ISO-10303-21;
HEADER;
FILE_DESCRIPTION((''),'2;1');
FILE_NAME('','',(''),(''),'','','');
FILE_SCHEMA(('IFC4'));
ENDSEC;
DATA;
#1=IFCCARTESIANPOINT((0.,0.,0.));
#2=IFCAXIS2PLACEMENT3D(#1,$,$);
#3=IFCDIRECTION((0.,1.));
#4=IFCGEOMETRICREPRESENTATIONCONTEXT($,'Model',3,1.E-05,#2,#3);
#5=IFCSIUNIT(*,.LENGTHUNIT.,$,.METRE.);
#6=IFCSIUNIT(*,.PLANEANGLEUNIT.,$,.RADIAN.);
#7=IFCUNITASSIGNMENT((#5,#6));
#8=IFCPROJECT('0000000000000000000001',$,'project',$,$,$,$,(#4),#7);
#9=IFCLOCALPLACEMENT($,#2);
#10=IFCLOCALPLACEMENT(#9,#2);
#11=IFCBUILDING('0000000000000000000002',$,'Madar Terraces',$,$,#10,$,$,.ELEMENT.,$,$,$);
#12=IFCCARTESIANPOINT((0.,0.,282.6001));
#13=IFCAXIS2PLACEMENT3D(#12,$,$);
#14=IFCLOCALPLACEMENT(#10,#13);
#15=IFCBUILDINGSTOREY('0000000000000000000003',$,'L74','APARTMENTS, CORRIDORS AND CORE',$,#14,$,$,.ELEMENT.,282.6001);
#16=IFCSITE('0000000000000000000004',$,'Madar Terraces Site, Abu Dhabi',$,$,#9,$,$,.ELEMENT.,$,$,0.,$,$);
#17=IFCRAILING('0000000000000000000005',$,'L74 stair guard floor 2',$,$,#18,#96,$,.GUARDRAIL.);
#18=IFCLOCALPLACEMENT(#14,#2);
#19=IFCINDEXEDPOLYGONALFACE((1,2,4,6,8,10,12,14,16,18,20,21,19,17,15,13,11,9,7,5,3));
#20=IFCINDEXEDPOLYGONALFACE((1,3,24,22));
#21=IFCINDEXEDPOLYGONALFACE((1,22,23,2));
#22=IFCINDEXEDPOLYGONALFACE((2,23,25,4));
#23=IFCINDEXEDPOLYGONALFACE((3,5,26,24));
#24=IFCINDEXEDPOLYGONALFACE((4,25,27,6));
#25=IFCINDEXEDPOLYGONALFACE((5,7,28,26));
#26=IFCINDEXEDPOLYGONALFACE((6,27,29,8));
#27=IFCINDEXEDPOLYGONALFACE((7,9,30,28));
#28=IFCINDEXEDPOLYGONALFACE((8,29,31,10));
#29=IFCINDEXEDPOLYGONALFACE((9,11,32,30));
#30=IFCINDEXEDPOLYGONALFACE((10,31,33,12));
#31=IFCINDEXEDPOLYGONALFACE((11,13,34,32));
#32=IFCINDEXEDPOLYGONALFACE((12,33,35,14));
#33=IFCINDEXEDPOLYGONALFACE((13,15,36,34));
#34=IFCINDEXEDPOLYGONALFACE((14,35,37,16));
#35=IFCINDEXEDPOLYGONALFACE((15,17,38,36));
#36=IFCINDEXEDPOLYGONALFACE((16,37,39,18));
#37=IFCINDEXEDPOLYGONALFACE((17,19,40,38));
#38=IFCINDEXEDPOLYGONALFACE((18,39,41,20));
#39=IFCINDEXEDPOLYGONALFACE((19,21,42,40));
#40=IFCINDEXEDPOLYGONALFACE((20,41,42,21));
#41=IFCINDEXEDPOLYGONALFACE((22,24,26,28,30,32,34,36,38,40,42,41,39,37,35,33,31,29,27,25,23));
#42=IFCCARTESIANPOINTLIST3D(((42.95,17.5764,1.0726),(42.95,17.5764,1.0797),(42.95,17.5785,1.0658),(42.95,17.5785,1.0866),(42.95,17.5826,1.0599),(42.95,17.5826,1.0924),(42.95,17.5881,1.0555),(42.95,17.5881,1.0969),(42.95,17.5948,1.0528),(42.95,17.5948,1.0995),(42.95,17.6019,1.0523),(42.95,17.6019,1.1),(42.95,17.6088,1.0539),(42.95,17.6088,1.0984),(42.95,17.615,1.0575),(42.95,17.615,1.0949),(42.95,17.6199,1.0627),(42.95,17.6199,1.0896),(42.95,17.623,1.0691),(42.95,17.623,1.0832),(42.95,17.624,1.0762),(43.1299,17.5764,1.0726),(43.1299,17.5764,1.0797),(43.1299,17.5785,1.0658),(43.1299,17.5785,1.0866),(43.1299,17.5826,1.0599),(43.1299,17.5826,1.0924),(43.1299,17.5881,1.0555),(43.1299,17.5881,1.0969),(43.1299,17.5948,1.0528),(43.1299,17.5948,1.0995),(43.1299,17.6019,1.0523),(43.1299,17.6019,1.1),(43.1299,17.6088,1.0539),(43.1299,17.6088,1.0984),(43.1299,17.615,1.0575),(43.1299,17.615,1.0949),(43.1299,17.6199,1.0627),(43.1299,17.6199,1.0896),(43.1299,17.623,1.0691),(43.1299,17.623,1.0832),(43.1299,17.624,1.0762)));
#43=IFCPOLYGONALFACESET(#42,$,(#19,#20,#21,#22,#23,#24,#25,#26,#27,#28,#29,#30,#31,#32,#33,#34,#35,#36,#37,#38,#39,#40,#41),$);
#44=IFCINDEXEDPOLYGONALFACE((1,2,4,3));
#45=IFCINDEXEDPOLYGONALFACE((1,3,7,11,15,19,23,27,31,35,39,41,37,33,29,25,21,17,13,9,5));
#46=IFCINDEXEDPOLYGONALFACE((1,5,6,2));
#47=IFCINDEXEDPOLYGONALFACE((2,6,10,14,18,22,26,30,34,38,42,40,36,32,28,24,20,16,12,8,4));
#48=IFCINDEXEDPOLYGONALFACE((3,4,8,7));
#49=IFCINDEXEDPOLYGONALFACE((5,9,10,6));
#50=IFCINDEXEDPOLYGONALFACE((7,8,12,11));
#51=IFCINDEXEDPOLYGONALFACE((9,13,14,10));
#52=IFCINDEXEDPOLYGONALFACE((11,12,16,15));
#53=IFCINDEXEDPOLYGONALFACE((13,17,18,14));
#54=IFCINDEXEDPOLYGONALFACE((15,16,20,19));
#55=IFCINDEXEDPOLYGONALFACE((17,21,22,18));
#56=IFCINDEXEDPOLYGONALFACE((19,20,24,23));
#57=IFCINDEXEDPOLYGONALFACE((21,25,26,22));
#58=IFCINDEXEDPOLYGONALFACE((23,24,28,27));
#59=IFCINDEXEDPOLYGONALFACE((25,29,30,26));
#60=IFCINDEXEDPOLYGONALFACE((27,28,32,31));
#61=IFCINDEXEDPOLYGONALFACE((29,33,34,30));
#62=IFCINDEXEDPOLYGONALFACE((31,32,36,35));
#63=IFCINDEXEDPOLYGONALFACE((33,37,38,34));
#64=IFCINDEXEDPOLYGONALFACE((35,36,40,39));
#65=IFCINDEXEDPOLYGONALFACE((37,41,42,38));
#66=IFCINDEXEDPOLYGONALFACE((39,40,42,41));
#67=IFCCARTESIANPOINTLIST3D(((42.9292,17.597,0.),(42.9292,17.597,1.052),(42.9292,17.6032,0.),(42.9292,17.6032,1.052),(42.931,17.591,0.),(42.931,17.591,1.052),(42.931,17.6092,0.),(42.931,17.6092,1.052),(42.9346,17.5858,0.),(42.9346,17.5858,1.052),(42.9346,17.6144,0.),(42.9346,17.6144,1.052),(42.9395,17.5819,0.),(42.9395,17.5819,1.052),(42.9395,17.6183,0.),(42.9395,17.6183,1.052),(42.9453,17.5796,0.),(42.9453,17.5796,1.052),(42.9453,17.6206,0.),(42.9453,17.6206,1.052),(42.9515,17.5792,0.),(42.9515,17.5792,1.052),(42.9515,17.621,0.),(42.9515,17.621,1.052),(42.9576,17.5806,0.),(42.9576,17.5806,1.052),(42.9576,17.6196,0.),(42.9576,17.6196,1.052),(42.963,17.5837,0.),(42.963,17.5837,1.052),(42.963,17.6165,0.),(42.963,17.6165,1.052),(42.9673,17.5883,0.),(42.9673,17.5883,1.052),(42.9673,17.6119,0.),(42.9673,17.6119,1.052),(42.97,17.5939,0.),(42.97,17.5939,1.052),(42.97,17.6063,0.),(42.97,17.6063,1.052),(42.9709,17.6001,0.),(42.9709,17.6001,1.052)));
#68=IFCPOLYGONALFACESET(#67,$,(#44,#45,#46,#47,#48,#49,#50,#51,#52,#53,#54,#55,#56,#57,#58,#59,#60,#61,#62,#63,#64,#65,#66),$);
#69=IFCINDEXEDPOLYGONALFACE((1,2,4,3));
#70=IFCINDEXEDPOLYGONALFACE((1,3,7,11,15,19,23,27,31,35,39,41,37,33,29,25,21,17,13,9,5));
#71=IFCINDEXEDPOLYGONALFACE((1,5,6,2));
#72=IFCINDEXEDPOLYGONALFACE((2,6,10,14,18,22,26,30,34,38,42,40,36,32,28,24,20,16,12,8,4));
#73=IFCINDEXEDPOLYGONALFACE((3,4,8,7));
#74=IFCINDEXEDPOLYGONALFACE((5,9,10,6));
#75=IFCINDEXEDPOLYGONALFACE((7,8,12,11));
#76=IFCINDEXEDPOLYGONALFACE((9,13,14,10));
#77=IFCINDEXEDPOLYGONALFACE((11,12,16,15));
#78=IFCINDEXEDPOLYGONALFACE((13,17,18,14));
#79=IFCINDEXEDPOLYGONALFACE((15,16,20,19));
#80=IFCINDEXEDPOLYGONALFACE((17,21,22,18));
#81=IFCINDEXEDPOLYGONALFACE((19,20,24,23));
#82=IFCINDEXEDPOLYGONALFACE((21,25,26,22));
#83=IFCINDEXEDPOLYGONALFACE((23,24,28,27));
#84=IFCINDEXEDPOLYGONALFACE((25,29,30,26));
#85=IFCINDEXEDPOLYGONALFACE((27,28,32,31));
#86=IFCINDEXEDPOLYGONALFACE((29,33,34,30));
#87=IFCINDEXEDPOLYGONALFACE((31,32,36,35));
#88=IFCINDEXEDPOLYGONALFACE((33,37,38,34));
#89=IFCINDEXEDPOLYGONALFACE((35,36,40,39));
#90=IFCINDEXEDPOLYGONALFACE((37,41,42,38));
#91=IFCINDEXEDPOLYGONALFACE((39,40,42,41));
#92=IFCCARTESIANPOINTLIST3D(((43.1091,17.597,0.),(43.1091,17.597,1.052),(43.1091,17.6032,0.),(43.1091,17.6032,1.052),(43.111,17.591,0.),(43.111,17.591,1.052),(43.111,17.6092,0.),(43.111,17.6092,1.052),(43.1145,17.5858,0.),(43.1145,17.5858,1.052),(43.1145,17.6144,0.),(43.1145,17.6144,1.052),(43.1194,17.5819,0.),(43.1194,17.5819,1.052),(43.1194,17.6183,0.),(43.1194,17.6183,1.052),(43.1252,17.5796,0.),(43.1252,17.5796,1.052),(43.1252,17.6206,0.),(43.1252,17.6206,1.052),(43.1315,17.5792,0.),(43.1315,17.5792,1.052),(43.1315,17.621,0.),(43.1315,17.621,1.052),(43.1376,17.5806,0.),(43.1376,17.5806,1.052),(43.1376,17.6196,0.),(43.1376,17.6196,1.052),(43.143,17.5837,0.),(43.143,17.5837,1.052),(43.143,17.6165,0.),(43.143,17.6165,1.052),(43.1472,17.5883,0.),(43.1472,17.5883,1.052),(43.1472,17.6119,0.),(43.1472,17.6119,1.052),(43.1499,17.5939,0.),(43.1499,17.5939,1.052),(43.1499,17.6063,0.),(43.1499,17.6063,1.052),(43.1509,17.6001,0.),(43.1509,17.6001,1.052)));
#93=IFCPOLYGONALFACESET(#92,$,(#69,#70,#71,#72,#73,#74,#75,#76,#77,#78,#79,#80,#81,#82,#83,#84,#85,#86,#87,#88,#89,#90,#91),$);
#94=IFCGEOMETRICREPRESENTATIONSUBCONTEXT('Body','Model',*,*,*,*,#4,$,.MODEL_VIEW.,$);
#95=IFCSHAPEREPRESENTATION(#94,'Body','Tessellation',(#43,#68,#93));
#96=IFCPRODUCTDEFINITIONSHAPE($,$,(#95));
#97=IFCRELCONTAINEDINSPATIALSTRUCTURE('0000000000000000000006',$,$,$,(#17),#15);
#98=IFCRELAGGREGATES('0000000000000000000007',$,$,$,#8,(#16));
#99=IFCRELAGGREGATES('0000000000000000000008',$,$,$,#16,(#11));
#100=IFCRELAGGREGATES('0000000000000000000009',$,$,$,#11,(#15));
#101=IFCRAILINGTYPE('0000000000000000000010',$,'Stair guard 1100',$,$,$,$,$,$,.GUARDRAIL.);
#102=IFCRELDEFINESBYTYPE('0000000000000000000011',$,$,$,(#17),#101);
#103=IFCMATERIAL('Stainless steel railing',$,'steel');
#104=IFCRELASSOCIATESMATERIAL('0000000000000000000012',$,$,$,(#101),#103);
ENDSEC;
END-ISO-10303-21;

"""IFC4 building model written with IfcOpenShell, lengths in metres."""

from ifc_helpers import new_model, si_unit, direction, frame, origin, origin_2d, place, context, subcontext, project, spatial, circle, extrude, material, type_object, element, save


model = new_model("IFC4")

# Units and contexts
model_context = context("Model", 3, precision=1e-05, world=origin(), true_north=direction((0.0, 1.0)))
body_context = subcontext(model_context, "Body", "Model", "MODEL_VIEW")
ifc_project = project(units=[si_unit("LENGTHUNIT", "METRE"), si_unit("PLANEANGLEUNIT", "RADIAN")], contexts=[model_context])

# Site, building, storey
site_placement = place(None, origin())
site = spatial("IfcSite", under=ifc_project, at=site_placement, Name="Madar Terraces Site, Abu Dhabi", CompositionType="ELEMENT", RefElevation=0.0)
building_placement = place(site_placement, origin())
building = spatial("IfcBuilding", under=site, at=building_placement, Name="Madar Terraces", CompositionType="ELEMENT")
storey_placement = place(building_placement, frame((0.0, 0.0, 282.6001)))
storey = spatial("IfcBuildingStorey", under=building, at=storey_placement, Name="L74", Description="APARTMENTS, CORRIDORS AND CORE", CompositionType="ELEMENT", Elevation=282.6001)

# Railing
ifc_material_1 = material(Name="Stainless steel railing", Category="steel")
railing_type_1 = type_object("IfcRailingType", Name="Stair guard 1100", PredefinedType="GUARDRAIL", material=ifc_material_1)
for number, where, name in (
    (1, (42.95, 17.6001, 0.0), "L74 stair guard floor 2"),
):
    element("IfcRailing", number, at=place(storey_placement, frame(where)), inside=storey, type_object=railing_type_1, Name=name, PredefinedType="GUARDRAIL", context=body_context, shape_type="SweptSolid", body=[
        extrude(circle(Radius=0.0239, at=origin_2d()), frame((0.0, 0.0, 1.0762), z_axis=(1.0, 0.0, 0.0), x_axis=(0.0, 1.0, 0.0)), (0.0, 0.0, 1.0), 0.1799),
        extrude(circle(Radius=0.021, at=origin_2d()), origin(), (0.0, 0.0, 1.0), 1.052),
        extrude(circle(Radius=0.021, at=origin_2d()), frame((0.1799, 0.0, 0.0)), (0.0, 0.0, 1.0), 1.052),
    ])

save(model, "model.ifc")
